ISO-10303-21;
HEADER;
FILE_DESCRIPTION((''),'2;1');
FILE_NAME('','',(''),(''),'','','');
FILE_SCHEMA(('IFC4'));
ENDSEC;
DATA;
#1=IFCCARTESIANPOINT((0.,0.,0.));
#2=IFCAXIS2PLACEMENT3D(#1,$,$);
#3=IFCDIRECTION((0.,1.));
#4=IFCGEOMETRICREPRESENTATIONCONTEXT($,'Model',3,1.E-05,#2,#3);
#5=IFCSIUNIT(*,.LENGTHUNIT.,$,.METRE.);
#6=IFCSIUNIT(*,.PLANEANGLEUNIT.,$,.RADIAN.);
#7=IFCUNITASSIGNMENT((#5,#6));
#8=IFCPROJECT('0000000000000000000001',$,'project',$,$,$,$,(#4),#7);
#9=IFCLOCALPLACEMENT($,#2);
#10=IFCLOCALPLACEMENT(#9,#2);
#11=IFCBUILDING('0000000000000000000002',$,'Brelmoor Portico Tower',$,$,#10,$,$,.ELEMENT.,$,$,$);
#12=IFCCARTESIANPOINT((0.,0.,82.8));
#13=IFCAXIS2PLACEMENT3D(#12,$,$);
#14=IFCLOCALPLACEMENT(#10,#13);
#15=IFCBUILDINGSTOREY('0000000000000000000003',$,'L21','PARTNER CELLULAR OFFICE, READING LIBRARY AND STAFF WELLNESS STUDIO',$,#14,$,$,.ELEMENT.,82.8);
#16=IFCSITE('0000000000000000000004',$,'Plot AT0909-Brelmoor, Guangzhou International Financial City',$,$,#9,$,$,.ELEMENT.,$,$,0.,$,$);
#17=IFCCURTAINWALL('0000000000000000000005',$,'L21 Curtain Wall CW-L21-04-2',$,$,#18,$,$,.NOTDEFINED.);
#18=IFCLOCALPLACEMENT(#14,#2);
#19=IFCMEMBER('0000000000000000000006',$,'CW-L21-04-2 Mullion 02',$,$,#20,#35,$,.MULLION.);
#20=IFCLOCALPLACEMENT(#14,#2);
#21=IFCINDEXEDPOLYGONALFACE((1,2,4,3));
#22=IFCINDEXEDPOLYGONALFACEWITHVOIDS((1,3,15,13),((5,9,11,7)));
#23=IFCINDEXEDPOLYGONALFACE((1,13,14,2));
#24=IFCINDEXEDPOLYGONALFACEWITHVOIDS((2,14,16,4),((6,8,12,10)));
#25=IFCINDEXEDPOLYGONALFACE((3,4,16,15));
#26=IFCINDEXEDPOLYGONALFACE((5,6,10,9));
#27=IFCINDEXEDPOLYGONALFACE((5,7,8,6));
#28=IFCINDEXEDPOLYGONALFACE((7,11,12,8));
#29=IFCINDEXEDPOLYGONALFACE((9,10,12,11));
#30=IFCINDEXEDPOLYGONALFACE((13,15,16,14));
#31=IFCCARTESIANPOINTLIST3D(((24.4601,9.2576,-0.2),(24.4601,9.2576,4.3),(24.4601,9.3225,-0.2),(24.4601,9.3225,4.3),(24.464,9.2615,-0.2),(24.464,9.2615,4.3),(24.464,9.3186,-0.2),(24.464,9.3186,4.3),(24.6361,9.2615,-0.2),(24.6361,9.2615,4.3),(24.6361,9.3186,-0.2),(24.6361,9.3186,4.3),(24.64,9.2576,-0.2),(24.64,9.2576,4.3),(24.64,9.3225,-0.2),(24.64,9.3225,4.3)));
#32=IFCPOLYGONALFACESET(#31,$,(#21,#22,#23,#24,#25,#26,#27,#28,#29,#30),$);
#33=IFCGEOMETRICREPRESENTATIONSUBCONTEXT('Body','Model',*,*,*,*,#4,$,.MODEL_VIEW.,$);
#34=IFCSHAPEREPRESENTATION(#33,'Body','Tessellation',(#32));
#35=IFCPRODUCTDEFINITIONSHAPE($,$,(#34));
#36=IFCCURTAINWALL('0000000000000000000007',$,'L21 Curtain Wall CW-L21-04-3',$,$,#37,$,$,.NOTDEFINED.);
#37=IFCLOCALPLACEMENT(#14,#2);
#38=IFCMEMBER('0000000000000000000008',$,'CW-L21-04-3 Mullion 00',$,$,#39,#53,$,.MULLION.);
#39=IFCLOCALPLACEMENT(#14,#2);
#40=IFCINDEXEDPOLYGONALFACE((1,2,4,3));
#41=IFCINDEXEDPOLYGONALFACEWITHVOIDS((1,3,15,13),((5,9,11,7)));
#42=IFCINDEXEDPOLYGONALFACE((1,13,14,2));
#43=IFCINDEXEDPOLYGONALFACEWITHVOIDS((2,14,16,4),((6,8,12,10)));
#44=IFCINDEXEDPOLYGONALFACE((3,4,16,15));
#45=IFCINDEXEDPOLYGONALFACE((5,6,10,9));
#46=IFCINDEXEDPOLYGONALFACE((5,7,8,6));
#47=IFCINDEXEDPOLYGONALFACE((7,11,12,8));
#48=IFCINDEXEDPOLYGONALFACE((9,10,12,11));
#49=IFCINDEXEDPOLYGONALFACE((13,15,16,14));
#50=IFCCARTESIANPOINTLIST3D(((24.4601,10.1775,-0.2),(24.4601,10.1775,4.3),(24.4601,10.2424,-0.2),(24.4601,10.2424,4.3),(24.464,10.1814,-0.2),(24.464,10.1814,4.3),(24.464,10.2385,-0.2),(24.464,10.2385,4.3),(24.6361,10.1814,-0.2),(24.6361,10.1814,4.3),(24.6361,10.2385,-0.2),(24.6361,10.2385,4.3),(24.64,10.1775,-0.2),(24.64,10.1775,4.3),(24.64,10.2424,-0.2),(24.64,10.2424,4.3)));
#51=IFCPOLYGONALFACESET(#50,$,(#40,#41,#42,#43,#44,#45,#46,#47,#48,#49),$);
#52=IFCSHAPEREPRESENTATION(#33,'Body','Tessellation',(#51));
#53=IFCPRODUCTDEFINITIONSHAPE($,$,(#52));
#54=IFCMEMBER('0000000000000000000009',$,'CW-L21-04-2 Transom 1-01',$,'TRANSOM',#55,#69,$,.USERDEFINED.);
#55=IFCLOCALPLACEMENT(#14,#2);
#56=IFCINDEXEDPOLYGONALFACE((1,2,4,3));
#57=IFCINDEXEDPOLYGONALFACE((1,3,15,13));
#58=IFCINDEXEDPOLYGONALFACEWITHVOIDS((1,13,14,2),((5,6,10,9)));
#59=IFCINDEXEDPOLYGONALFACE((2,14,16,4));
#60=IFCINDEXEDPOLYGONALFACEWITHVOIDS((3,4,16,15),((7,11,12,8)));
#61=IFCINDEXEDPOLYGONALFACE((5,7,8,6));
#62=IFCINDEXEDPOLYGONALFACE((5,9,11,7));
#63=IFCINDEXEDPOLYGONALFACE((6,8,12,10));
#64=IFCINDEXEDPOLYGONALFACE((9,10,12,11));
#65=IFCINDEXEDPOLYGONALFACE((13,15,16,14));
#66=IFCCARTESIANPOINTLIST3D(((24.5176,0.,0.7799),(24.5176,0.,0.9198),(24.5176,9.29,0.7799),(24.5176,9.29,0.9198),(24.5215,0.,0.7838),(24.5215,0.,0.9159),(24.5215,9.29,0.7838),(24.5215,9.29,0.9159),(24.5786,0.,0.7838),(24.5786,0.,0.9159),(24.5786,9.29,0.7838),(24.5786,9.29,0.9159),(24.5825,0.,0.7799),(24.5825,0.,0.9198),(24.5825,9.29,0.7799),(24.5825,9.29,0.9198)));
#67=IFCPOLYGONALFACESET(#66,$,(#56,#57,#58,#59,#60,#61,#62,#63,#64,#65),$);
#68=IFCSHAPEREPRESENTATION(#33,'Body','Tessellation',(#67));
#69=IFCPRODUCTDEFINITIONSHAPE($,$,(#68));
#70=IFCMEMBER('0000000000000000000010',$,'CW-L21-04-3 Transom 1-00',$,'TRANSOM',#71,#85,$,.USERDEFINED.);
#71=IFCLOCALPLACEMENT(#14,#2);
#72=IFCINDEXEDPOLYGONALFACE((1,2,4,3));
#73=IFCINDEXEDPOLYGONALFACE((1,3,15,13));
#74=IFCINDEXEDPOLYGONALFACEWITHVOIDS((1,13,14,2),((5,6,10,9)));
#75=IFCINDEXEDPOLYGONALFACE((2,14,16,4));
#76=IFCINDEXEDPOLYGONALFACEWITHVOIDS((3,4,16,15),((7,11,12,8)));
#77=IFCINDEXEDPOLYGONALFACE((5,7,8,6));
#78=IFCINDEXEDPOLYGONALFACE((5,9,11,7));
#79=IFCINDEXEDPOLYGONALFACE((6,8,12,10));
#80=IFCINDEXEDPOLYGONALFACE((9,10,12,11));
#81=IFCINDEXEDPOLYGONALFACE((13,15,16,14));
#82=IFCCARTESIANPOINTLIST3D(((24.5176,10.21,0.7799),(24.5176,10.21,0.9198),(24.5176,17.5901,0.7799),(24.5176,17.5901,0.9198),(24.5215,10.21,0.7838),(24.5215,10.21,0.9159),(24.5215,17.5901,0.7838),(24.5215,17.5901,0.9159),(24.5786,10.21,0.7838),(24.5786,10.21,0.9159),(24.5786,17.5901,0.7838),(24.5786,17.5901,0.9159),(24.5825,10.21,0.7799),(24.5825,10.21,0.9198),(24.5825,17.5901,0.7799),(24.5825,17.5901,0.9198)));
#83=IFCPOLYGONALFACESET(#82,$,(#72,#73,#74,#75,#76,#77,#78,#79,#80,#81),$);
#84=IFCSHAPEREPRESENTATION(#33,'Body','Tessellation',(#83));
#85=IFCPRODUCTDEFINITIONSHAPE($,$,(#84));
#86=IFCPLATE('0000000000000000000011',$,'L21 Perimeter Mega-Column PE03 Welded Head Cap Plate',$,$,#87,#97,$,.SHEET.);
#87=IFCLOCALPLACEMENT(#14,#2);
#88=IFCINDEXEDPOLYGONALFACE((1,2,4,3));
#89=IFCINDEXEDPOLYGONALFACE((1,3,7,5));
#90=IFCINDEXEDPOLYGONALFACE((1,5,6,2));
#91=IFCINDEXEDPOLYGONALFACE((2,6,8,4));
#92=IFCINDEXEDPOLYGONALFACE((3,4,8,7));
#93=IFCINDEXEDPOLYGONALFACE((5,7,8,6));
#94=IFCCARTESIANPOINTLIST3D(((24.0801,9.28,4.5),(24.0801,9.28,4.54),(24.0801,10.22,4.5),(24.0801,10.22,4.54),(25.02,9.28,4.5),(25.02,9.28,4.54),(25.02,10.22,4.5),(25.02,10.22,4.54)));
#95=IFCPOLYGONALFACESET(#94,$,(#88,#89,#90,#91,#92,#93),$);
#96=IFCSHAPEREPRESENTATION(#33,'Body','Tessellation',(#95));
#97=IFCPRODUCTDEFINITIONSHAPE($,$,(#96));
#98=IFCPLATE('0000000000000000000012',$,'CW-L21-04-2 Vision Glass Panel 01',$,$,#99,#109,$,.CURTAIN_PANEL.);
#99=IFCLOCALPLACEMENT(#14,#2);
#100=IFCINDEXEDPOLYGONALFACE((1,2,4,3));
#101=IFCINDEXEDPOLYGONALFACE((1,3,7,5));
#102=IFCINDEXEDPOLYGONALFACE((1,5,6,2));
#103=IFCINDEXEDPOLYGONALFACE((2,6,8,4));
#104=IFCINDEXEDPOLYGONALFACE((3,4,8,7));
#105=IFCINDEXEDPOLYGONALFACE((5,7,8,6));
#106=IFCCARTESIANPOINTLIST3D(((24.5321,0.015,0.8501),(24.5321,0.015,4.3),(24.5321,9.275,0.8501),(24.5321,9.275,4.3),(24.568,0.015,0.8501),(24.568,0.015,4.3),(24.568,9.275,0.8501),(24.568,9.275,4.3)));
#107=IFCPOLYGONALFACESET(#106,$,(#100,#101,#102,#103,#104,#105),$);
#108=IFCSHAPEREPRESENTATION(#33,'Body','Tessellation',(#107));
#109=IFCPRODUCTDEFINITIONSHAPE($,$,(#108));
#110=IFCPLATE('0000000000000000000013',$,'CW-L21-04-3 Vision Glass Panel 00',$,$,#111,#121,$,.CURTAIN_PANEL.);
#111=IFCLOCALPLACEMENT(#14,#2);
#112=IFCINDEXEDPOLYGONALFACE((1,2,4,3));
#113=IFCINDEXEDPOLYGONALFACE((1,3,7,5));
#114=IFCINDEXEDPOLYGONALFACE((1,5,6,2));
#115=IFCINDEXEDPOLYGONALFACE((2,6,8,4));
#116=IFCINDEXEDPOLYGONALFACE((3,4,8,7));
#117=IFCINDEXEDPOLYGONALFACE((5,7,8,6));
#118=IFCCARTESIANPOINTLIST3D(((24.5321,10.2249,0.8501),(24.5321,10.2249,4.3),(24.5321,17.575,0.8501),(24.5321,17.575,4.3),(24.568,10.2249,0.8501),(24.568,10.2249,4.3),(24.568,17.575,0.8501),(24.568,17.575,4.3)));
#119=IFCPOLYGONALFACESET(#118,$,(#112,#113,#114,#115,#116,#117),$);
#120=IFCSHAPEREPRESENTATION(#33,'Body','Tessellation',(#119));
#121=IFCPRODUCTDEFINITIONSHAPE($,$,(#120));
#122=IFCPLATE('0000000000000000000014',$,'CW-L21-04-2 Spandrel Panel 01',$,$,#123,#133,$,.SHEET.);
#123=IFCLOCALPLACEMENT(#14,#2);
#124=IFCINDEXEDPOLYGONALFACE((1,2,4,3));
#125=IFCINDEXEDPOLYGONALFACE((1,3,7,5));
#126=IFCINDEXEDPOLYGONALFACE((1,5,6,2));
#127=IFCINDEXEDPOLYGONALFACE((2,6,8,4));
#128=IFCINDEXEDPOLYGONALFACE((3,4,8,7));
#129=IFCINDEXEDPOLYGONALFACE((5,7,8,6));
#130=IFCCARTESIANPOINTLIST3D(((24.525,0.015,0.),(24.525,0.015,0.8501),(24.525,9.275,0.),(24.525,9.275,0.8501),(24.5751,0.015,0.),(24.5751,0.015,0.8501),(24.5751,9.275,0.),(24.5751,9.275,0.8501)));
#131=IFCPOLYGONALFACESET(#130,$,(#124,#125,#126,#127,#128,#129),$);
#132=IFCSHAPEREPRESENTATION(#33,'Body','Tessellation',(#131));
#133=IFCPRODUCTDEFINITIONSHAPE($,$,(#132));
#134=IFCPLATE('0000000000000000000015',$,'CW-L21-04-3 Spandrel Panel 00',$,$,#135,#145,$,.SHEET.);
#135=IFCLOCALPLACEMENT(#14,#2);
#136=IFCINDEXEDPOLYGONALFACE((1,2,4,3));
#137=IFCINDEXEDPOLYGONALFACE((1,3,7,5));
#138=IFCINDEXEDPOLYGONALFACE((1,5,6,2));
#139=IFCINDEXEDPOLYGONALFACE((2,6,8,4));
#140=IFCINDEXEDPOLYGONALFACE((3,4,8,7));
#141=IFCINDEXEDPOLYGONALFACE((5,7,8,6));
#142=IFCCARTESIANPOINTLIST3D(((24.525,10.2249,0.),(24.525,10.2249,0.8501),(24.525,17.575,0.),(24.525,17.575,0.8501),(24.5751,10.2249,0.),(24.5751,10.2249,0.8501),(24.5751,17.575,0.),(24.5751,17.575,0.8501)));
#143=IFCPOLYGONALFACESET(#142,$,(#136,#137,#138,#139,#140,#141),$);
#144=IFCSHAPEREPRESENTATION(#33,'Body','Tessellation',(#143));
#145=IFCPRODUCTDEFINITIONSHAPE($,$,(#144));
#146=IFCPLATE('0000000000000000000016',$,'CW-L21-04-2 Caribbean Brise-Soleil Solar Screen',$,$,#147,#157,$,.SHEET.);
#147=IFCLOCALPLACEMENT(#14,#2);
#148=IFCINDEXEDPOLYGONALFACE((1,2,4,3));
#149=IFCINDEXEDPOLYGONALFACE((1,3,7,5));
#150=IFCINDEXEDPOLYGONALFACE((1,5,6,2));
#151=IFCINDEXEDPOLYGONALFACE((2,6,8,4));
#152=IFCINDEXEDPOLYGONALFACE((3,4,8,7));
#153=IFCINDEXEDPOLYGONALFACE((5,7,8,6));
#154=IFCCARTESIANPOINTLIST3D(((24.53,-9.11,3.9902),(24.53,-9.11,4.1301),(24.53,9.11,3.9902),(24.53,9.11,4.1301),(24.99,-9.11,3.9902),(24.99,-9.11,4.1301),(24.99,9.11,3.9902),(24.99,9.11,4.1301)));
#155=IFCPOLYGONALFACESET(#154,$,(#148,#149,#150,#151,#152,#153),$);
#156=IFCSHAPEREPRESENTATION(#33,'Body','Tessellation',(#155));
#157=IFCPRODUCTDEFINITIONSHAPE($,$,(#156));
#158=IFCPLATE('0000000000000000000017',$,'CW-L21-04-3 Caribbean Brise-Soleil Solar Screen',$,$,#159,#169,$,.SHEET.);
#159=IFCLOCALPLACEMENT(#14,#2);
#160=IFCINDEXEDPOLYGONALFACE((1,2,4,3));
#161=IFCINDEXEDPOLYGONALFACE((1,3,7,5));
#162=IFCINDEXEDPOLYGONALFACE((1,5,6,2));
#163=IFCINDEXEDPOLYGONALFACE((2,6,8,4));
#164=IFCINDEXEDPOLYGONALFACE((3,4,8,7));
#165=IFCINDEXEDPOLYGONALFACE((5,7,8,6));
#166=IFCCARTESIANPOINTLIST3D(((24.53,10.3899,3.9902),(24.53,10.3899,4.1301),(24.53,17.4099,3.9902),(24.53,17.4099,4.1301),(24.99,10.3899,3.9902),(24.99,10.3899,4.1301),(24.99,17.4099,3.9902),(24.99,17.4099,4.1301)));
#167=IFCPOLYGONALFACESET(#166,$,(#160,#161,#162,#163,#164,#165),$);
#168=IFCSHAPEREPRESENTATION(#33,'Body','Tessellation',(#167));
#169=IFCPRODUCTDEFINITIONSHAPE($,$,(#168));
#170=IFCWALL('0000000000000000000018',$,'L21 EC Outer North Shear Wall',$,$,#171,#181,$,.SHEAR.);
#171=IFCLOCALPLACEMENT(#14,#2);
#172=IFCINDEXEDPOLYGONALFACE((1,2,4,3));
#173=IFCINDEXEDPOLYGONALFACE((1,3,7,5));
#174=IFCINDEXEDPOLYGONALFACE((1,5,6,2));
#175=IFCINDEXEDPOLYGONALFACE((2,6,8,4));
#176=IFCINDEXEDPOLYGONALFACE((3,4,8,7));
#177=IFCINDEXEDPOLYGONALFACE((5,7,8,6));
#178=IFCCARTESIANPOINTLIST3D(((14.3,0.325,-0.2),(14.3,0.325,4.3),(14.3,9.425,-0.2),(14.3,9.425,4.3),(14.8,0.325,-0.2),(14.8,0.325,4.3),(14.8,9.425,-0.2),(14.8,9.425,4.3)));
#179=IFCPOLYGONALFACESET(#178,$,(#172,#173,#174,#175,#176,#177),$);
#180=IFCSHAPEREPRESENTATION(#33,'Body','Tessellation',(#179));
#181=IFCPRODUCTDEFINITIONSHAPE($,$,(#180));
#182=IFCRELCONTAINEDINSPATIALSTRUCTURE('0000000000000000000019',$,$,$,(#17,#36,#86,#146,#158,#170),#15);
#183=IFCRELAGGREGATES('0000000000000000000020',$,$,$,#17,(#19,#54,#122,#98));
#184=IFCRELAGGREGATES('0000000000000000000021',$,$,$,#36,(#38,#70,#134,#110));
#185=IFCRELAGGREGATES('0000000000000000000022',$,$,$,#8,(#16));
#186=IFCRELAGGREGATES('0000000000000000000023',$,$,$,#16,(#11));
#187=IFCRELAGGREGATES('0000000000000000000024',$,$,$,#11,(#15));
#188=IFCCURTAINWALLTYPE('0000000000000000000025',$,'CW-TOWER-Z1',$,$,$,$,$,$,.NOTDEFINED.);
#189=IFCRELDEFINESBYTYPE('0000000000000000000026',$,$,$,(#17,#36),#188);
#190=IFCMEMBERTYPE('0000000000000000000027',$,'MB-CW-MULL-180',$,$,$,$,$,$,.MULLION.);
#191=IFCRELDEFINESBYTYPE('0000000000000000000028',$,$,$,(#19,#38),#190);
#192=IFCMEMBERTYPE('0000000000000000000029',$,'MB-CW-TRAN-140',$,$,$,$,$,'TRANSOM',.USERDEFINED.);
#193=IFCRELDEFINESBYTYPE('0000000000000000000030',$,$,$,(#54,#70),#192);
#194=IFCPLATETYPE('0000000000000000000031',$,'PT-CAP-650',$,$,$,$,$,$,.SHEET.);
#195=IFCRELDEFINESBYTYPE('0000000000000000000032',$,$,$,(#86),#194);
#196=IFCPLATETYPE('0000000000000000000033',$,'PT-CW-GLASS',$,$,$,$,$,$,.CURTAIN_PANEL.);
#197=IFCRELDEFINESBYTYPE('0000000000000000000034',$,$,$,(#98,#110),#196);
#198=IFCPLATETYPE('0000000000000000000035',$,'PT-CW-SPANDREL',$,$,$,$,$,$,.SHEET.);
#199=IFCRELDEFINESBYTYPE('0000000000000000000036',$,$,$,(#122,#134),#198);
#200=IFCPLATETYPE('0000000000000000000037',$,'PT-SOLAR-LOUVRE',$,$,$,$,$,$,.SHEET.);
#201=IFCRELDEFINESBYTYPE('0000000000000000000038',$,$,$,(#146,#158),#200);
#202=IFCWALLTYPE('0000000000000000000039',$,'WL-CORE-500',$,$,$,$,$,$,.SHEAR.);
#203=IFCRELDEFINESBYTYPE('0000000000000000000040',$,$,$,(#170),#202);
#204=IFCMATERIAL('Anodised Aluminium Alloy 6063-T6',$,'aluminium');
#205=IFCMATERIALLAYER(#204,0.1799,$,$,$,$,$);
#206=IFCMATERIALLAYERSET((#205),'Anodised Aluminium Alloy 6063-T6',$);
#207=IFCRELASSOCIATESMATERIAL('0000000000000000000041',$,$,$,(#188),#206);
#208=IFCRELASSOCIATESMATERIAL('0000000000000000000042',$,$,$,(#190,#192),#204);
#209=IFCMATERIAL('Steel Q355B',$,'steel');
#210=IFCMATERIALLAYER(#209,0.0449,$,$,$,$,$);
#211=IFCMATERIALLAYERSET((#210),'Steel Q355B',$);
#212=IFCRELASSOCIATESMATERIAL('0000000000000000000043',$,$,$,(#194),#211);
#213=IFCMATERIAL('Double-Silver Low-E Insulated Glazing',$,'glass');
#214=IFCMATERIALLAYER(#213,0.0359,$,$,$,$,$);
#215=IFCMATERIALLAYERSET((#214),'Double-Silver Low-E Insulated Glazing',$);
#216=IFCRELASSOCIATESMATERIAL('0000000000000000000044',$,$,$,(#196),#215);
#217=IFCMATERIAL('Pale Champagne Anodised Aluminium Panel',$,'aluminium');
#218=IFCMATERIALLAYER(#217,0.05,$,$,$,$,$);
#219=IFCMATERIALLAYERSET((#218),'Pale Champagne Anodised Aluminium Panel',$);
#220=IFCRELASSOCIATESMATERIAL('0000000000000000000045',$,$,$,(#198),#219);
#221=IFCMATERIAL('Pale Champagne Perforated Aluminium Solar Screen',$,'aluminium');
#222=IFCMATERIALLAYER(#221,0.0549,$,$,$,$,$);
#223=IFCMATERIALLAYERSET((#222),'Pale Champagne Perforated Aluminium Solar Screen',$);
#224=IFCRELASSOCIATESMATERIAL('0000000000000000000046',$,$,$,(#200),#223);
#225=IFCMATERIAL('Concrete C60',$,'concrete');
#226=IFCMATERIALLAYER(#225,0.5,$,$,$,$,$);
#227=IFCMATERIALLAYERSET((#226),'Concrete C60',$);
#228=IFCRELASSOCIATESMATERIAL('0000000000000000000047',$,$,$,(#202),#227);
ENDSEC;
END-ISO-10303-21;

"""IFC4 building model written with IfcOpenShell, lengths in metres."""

from ifc_helpers import new_model, si_unit, direction, frame, frame_2d, origin, origin_2d, place, context, subcontext, project, spatial, rectangle, hollow_rectangle, extrude, material, layer, layer_set, material_profile, profile_set, type_object, element, aggregate, save


model = new_model("IFC4")

# Units and contexts
model_context = context("Model", 3, precision=1e-05, world=origin(), true_north=direction((0.0, 1.0)))
body_context = subcontext(model_context, "Body", "Model", "MODEL_VIEW")
ifc_project = project(units=[si_unit("LENGTHUNIT", "METRE"), si_unit("PLANEANGLEUNIT", "RADIAN")], contexts=[model_context])

# Site, building, storey
site_placement = place(None, origin())
site = spatial("IfcSite", under=ifc_project, at=site_placement, Name="Plot AT0909-Brelmoor, Guangzhou International Financial City", CompositionType="ELEMENT", RefElevation=0.0)
building_placement = place(site_placement, origin())
building = spatial("IfcBuilding", under=site, at=building_placement, Name="Brelmoor Portico Tower", CompositionType="ELEMENT")
storey_placement = place(building_placement, frame((0.0, 0.0, 82.8)))
storey = spatial("IfcBuildingStorey", under=building, at=storey_placement, Name="L21", Description="PARTNER CELLULAR OFFICE, READING LIBRARY AND STAFF WELLNESS STUDIO", CompositionType="ELEMENT", Elevation=82.8)

# Shared definitions
ifc_material_1 = material(Name="Steel Q355B", Category="steel")

# Curtain wall, member
ifc_material_2 = material(Name="Anodised Aluminium Alloy 6063-T6", Category="aluminium")
ifc_layer_1 = layer(ifc_material_2, 0.1799)
ifc_layer_set_1 = layer_set([ifc_layer_1], Name="Anodised Aluminium Alloy 6063-T6")
curtain_wall_type = type_object("IfcCurtainWallType", Name="CW-TOWER-Z1", PredefinedType="NOTDEFINED", material=ifc_layer_set_1)
curtain_wall_1_placement = place(storey_placement, origin())
curtain_wall_1 = element("IfcCurtainWall", 1, at=curtain_wall_1_placement, inside=storey, type_object=curtain_wall_type, Name="L21 Curtain Wall CW-L21-04-2", PredefinedType="NOTDEFINED")
ifc_material_profile_1 = material_profile(ifc_material_2, hollow_rectangle(XDim=0.0649, YDim=0.1799, WallThickness=0.0039, at=origin_2d()), Name="ALU MULLION 65x180")
ifc_profile_set_1 = profile_set([ifc_material_profile_1], Name="Anodised Aluminium Alloy 6063-T6")
member_type_1 = type_object("IfcMemberType", Name="MB-CW-MULL-180", PredefinedType="MULLION", material=ifc_profile_set_1)
member_1_placement = place(storey_placement, frame((24.55, 9.29, -0.2), z_axis=(0.0, 0.0, 1.0), x_axis=(0.0, 1.0, 0.0)))
member_1 = element("IfcMember", 2, at=member_1_placement, type_object=member_type_1, Name="CW-L21-04-2 Mullion 02", PredefinedType="MULLION", context=body_context, shape_type="SweptSolid", body=[
    extrude(hollow_rectangle(XDim=0.0649, YDim=0.1799, WallThickness=0.0039, at=origin_2d()), origin(), (0.0, 0.0, 1.0), 4.5),
])

# Curtain wall, member
curtain_wall_2_placement = place(storey_placement, origin())
curtain_wall_2 = element("IfcCurtainWall", 3, at=curtain_wall_2_placement, inside=storey, type_object=curtain_wall_type, Name="L21 Curtain Wall CW-L21-04-3", PredefinedType="NOTDEFINED")
member_2_placement = place(storey_placement, frame((24.55, 10.21, -0.2), z_axis=(0.0, 0.0, 1.0), x_axis=(0.0, 1.0, 0.0)))
member_2 = element("IfcMember", 4, at=member_2_placement, type_object=member_type_1, Name="CW-L21-04-3 Mullion 00", PredefinedType="MULLION", context=body_context, shape_type="SweptSolid", body=[
    extrude(hollow_rectangle(XDim=0.0649, YDim=0.1799, WallThickness=0.0039, at=origin_2d()), origin(), (0.0, 0.0, 1.0), 4.5),
])

# Members
ifc_material_profile_2 = material_profile(ifc_material_2, hollow_rectangle(XDim=0.0649, YDim=0.1399, WallThickness=0.0039, at=origin_2d()), Name="ALU TRANSOM 65x140")
ifc_profile_set_2 = profile_set([ifc_material_profile_2], Name="Anodised Aluminium Alloy 6063-T6")
member_type_2 = type_object("IfcMemberType", Name="MB-CW-TRAN-140", ElementType="TRANSOM", PredefinedType="USERDEFINED", material=ifc_profile_set_2)
member_3_placement = place(storey_placement, frame((24.55, 0.0, 0.8499), z_axis=(0.0, 1.0, 0.0), x_axis=(-1.0, 0.0, 0.0)))
member_3 = element("IfcMember", 5, at=member_3_placement, type_object=member_type_2, Name="CW-L21-04-2 Transom 1-01", ObjectType="TRANSOM", PredefinedType="USERDEFINED", context=body_context, shape_type="SweptSolid", body=[
    extrude(hollow_rectangle(XDim=0.0649, YDim=0.1399, WallThickness=0.0039, at=origin_2d()), origin(), (0.0, 0.0, 1.0), 9.29),
])
member_4_placement = place(storey_placement, frame((24.55, 10.21, 0.8499), z_axis=(0.0, 1.0, 0.0), x_axis=(-1.0, 0.0, 0.0)))
member_4 = element("IfcMember", 6, at=member_4_placement, type_object=member_type_2, Name="CW-L21-04-3 Transom 1-00", ObjectType="TRANSOM", PredefinedType="USERDEFINED", context=body_context, shape_type="SweptSolid", body=[
    extrude(hollow_rectangle(XDim=0.0649, YDim=0.1399, WallThickness=0.0039, at=origin_2d()), origin(), (0.0, 0.0, 1.0), 7.3801),
])

# Plates
ifc_layer_2 = layer(ifc_material_1, 0.0449)
ifc_layer_set_2 = layer_set([ifc_layer_2], Name="Steel Q355B")
plate_type_1 = type_object("IfcPlateType", Name="PT-CAP-650", PredefinedType="SHEET", material=ifc_layer_set_2)
plate_1_placement = place(storey_placement, frame((24.55, 9.75, 4.5), z_axis=(0.0, 0.0, 1.0), x_axis=(0.0, 1.0, 0.0)))
element("IfcPlate", 7, at=plate_1_placement, inside=storey, type_object=plate_type_1, Name="L21 Perimeter Mega-Column PE03 Welded Head Cap Plate", PredefinedType="SHEET", context=body_context, shape_type="SweptSolid", body=[
    extrude(rectangle(XDim=0.9399, YDim=0.9399, at=origin_2d()), origin(), (0.0, 0.0, 1.0), 0.04),
])
ifc_material_3 = material(Name="Double-Silver Low-E Insulated Glazing", Category="glass")
ifc_layer_3 = layer(ifc_material_3, 0.0359)
ifc_layer_set_3 = layer_set([ifc_layer_3], Name="Double-Silver Low-E Insulated Glazing")
plate_type_2 = type_object("IfcPlateType", Name="PT-CW-GLASS", PredefinedType="CURTAIN_PANEL", material=ifc_layer_set_3)
plate_2_placement = place(storey_placement, frame((24.55, 4.645, 0.8501), z_axis=(0.0, 0.0, 1.0), x_axis=(0.0, 1.0, 0.0)))
plate_2 = element("IfcPlate", 8, at=plate_2_placement, type_object=plate_type_2, Name="CW-L21-04-2 Vision Glass Panel 01", PredefinedType="CURTAIN_PANEL", context=body_context, shape_type="SweptSolid", body=[
    extrude(rectangle(XDim=9.26, YDim=0.0359, at=origin_2d()), origin(), (0.0, 0.0, 1.0), 3.45),
])
plate_3_placement = place(storey_placement, frame((24.55, 13.8999, 0.8501), z_axis=(0.0, 0.0, 1.0), x_axis=(0.0, 1.0, 0.0)))
plate_3 = element("IfcPlate", 9, at=plate_3_placement, type_object=plate_type_2, Name="CW-L21-04-3 Vision Glass Panel 00", PredefinedType="CURTAIN_PANEL", context=body_context, shape_type="SweptSolid", body=[
    extrude(rectangle(XDim=7.3501, YDim=0.0359, at=origin_2d()), origin(), (0.0, 0.0, 1.0), 3.45),
])
ifc_material_4 = material(Name="Pale Champagne Anodised Aluminium Panel", Category="aluminium")
ifc_layer_4 = layer(ifc_material_4, 0.05)
ifc_layer_set_4 = layer_set([ifc_layer_4], Name="Pale Champagne Anodised Aluminium Panel")
plate_type_3 = type_object("IfcPlateType", Name="PT-CW-SPANDREL", PredefinedType="SHEET", material=ifc_layer_set_4)
plate_4_placement = place(storey_placement, frame((24.55, 4.645, 0.0), z_axis=(0.0, 0.0, 1.0), x_axis=(0.0, 1.0, 0.0)))
plate_4 = element("IfcPlate", 10, at=plate_4_placement, type_object=plate_type_3, Name="CW-L21-04-2 Spandrel Panel 01", PredefinedType="SHEET", context=body_context, shape_type="SweptSolid", body=[
    extrude(rectangle(XDim=9.26, YDim=0.05, at=origin_2d()), origin(), (0.0, 0.0, 1.0), 0.8501),
])
aggregate(curtain_wall_1, [member_1, member_3, plate_4, plate_2])
plate_5_placement = place(storey_placement, frame((24.55, 13.8999, 0.0), z_axis=(0.0, 0.0, 1.0), x_axis=(0.0, 1.0, 0.0)))
plate_5 = element("IfcPlate", 11, at=plate_5_placement, type_object=plate_type_3, Name="CW-L21-04-3 Spandrel Panel 00", PredefinedType="SHEET", context=body_context, shape_type="SweptSolid", body=[
    extrude(rectangle(XDim=7.3501, YDim=0.05, at=origin_2d()), origin(), (0.0, 0.0, 1.0), 0.8501),
])
aggregate(curtain_wall_2, [member_2, member_4, plate_5, plate_3])

# Plates
ifc_material_5 = material(Name="Pale Champagne Perforated Aluminium Solar Screen", Category="aluminium")
ifc_layer_5 = layer(ifc_material_5, 0.0549)
ifc_layer_set_5 = layer_set([ifc_layer_5], Name="Pale Champagne Perforated Aluminium Solar Screen")
plate_type_4 = type_object("IfcPlateType", Name="PT-SOLAR-LOUVRE", PredefinedType="SHEET", material=ifc_layer_set_5)
plate_6_placement = place(storey_placement, frame((24.76, 0.0, 3.9902), z_axis=(0.0, 0.0, 1.0), x_axis=(0.0, 1.0, 0.0)))
element("IfcPlate", 12, at=plate_6_placement, inside=storey, type_object=plate_type_4, Name="CW-L21-04-2 Caribbean Brise-Soleil Solar Screen", PredefinedType="SHEET", context=body_context, shape_type="SweptSolid", body=[
    extrude(rectangle(XDim=18.22, YDim=0.46, at=origin_2d()), origin(), (0.0, 0.0, 1.0), 0.1399),
])
plate_7_placement = place(storey_placement, frame((24.76, 13.8999, 3.9902), z_axis=(0.0, 0.0, 1.0), x_axis=(0.0, 1.0, 0.0)))
element("IfcPlate", 13, at=plate_7_placement, inside=storey, type_object=plate_type_4, Name="CW-L21-04-3 Caribbean Brise-Soleil Solar Screen", PredefinedType="SHEET", context=body_context, shape_type="SweptSolid", body=[
    extrude(rectangle(XDim=7.02, YDim=0.46, at=origin_2d()), origin(), (0.0, 0.0, 1.0), 0.1399),
])

# Wall
ifc_material_6 = material(Name="Concrete C60", Category="concrete")
ifc_layer_6 = layer(ifc_material_6, 0.5)
ifc_layer_set_6 = layer_set([ifc_layer_6], Name="Concrete C60")
wall_type_1 = type_object("IfcWallType", Name="WL-CORE-500", PredefinedType="SHEAR", material=ifc_layer_set_6)
wall_1_placement = place(storey_placement, frame((14.55, 0.325, -0.2), z_axis=(0.0, 0.0, 1.0), x_axis=(0.0, 1.0, 0.0)))
element("IfcWall", 14, at=wall_1_placement, inside=storey, type_object=wall_type_1, Name="L21 EC Outer North Shear Wall", PredefinedType="SHEAR", context=body_context, shape_type="SweptSolid", body=[
    extrude(rectangle(XDim=9.1001, YDim=0.5, at=frame_2d((4.55, 0.0))), origin(), (0.0, 0.0, 1.0), 4.5),
])

save(model, "model.ifc")
